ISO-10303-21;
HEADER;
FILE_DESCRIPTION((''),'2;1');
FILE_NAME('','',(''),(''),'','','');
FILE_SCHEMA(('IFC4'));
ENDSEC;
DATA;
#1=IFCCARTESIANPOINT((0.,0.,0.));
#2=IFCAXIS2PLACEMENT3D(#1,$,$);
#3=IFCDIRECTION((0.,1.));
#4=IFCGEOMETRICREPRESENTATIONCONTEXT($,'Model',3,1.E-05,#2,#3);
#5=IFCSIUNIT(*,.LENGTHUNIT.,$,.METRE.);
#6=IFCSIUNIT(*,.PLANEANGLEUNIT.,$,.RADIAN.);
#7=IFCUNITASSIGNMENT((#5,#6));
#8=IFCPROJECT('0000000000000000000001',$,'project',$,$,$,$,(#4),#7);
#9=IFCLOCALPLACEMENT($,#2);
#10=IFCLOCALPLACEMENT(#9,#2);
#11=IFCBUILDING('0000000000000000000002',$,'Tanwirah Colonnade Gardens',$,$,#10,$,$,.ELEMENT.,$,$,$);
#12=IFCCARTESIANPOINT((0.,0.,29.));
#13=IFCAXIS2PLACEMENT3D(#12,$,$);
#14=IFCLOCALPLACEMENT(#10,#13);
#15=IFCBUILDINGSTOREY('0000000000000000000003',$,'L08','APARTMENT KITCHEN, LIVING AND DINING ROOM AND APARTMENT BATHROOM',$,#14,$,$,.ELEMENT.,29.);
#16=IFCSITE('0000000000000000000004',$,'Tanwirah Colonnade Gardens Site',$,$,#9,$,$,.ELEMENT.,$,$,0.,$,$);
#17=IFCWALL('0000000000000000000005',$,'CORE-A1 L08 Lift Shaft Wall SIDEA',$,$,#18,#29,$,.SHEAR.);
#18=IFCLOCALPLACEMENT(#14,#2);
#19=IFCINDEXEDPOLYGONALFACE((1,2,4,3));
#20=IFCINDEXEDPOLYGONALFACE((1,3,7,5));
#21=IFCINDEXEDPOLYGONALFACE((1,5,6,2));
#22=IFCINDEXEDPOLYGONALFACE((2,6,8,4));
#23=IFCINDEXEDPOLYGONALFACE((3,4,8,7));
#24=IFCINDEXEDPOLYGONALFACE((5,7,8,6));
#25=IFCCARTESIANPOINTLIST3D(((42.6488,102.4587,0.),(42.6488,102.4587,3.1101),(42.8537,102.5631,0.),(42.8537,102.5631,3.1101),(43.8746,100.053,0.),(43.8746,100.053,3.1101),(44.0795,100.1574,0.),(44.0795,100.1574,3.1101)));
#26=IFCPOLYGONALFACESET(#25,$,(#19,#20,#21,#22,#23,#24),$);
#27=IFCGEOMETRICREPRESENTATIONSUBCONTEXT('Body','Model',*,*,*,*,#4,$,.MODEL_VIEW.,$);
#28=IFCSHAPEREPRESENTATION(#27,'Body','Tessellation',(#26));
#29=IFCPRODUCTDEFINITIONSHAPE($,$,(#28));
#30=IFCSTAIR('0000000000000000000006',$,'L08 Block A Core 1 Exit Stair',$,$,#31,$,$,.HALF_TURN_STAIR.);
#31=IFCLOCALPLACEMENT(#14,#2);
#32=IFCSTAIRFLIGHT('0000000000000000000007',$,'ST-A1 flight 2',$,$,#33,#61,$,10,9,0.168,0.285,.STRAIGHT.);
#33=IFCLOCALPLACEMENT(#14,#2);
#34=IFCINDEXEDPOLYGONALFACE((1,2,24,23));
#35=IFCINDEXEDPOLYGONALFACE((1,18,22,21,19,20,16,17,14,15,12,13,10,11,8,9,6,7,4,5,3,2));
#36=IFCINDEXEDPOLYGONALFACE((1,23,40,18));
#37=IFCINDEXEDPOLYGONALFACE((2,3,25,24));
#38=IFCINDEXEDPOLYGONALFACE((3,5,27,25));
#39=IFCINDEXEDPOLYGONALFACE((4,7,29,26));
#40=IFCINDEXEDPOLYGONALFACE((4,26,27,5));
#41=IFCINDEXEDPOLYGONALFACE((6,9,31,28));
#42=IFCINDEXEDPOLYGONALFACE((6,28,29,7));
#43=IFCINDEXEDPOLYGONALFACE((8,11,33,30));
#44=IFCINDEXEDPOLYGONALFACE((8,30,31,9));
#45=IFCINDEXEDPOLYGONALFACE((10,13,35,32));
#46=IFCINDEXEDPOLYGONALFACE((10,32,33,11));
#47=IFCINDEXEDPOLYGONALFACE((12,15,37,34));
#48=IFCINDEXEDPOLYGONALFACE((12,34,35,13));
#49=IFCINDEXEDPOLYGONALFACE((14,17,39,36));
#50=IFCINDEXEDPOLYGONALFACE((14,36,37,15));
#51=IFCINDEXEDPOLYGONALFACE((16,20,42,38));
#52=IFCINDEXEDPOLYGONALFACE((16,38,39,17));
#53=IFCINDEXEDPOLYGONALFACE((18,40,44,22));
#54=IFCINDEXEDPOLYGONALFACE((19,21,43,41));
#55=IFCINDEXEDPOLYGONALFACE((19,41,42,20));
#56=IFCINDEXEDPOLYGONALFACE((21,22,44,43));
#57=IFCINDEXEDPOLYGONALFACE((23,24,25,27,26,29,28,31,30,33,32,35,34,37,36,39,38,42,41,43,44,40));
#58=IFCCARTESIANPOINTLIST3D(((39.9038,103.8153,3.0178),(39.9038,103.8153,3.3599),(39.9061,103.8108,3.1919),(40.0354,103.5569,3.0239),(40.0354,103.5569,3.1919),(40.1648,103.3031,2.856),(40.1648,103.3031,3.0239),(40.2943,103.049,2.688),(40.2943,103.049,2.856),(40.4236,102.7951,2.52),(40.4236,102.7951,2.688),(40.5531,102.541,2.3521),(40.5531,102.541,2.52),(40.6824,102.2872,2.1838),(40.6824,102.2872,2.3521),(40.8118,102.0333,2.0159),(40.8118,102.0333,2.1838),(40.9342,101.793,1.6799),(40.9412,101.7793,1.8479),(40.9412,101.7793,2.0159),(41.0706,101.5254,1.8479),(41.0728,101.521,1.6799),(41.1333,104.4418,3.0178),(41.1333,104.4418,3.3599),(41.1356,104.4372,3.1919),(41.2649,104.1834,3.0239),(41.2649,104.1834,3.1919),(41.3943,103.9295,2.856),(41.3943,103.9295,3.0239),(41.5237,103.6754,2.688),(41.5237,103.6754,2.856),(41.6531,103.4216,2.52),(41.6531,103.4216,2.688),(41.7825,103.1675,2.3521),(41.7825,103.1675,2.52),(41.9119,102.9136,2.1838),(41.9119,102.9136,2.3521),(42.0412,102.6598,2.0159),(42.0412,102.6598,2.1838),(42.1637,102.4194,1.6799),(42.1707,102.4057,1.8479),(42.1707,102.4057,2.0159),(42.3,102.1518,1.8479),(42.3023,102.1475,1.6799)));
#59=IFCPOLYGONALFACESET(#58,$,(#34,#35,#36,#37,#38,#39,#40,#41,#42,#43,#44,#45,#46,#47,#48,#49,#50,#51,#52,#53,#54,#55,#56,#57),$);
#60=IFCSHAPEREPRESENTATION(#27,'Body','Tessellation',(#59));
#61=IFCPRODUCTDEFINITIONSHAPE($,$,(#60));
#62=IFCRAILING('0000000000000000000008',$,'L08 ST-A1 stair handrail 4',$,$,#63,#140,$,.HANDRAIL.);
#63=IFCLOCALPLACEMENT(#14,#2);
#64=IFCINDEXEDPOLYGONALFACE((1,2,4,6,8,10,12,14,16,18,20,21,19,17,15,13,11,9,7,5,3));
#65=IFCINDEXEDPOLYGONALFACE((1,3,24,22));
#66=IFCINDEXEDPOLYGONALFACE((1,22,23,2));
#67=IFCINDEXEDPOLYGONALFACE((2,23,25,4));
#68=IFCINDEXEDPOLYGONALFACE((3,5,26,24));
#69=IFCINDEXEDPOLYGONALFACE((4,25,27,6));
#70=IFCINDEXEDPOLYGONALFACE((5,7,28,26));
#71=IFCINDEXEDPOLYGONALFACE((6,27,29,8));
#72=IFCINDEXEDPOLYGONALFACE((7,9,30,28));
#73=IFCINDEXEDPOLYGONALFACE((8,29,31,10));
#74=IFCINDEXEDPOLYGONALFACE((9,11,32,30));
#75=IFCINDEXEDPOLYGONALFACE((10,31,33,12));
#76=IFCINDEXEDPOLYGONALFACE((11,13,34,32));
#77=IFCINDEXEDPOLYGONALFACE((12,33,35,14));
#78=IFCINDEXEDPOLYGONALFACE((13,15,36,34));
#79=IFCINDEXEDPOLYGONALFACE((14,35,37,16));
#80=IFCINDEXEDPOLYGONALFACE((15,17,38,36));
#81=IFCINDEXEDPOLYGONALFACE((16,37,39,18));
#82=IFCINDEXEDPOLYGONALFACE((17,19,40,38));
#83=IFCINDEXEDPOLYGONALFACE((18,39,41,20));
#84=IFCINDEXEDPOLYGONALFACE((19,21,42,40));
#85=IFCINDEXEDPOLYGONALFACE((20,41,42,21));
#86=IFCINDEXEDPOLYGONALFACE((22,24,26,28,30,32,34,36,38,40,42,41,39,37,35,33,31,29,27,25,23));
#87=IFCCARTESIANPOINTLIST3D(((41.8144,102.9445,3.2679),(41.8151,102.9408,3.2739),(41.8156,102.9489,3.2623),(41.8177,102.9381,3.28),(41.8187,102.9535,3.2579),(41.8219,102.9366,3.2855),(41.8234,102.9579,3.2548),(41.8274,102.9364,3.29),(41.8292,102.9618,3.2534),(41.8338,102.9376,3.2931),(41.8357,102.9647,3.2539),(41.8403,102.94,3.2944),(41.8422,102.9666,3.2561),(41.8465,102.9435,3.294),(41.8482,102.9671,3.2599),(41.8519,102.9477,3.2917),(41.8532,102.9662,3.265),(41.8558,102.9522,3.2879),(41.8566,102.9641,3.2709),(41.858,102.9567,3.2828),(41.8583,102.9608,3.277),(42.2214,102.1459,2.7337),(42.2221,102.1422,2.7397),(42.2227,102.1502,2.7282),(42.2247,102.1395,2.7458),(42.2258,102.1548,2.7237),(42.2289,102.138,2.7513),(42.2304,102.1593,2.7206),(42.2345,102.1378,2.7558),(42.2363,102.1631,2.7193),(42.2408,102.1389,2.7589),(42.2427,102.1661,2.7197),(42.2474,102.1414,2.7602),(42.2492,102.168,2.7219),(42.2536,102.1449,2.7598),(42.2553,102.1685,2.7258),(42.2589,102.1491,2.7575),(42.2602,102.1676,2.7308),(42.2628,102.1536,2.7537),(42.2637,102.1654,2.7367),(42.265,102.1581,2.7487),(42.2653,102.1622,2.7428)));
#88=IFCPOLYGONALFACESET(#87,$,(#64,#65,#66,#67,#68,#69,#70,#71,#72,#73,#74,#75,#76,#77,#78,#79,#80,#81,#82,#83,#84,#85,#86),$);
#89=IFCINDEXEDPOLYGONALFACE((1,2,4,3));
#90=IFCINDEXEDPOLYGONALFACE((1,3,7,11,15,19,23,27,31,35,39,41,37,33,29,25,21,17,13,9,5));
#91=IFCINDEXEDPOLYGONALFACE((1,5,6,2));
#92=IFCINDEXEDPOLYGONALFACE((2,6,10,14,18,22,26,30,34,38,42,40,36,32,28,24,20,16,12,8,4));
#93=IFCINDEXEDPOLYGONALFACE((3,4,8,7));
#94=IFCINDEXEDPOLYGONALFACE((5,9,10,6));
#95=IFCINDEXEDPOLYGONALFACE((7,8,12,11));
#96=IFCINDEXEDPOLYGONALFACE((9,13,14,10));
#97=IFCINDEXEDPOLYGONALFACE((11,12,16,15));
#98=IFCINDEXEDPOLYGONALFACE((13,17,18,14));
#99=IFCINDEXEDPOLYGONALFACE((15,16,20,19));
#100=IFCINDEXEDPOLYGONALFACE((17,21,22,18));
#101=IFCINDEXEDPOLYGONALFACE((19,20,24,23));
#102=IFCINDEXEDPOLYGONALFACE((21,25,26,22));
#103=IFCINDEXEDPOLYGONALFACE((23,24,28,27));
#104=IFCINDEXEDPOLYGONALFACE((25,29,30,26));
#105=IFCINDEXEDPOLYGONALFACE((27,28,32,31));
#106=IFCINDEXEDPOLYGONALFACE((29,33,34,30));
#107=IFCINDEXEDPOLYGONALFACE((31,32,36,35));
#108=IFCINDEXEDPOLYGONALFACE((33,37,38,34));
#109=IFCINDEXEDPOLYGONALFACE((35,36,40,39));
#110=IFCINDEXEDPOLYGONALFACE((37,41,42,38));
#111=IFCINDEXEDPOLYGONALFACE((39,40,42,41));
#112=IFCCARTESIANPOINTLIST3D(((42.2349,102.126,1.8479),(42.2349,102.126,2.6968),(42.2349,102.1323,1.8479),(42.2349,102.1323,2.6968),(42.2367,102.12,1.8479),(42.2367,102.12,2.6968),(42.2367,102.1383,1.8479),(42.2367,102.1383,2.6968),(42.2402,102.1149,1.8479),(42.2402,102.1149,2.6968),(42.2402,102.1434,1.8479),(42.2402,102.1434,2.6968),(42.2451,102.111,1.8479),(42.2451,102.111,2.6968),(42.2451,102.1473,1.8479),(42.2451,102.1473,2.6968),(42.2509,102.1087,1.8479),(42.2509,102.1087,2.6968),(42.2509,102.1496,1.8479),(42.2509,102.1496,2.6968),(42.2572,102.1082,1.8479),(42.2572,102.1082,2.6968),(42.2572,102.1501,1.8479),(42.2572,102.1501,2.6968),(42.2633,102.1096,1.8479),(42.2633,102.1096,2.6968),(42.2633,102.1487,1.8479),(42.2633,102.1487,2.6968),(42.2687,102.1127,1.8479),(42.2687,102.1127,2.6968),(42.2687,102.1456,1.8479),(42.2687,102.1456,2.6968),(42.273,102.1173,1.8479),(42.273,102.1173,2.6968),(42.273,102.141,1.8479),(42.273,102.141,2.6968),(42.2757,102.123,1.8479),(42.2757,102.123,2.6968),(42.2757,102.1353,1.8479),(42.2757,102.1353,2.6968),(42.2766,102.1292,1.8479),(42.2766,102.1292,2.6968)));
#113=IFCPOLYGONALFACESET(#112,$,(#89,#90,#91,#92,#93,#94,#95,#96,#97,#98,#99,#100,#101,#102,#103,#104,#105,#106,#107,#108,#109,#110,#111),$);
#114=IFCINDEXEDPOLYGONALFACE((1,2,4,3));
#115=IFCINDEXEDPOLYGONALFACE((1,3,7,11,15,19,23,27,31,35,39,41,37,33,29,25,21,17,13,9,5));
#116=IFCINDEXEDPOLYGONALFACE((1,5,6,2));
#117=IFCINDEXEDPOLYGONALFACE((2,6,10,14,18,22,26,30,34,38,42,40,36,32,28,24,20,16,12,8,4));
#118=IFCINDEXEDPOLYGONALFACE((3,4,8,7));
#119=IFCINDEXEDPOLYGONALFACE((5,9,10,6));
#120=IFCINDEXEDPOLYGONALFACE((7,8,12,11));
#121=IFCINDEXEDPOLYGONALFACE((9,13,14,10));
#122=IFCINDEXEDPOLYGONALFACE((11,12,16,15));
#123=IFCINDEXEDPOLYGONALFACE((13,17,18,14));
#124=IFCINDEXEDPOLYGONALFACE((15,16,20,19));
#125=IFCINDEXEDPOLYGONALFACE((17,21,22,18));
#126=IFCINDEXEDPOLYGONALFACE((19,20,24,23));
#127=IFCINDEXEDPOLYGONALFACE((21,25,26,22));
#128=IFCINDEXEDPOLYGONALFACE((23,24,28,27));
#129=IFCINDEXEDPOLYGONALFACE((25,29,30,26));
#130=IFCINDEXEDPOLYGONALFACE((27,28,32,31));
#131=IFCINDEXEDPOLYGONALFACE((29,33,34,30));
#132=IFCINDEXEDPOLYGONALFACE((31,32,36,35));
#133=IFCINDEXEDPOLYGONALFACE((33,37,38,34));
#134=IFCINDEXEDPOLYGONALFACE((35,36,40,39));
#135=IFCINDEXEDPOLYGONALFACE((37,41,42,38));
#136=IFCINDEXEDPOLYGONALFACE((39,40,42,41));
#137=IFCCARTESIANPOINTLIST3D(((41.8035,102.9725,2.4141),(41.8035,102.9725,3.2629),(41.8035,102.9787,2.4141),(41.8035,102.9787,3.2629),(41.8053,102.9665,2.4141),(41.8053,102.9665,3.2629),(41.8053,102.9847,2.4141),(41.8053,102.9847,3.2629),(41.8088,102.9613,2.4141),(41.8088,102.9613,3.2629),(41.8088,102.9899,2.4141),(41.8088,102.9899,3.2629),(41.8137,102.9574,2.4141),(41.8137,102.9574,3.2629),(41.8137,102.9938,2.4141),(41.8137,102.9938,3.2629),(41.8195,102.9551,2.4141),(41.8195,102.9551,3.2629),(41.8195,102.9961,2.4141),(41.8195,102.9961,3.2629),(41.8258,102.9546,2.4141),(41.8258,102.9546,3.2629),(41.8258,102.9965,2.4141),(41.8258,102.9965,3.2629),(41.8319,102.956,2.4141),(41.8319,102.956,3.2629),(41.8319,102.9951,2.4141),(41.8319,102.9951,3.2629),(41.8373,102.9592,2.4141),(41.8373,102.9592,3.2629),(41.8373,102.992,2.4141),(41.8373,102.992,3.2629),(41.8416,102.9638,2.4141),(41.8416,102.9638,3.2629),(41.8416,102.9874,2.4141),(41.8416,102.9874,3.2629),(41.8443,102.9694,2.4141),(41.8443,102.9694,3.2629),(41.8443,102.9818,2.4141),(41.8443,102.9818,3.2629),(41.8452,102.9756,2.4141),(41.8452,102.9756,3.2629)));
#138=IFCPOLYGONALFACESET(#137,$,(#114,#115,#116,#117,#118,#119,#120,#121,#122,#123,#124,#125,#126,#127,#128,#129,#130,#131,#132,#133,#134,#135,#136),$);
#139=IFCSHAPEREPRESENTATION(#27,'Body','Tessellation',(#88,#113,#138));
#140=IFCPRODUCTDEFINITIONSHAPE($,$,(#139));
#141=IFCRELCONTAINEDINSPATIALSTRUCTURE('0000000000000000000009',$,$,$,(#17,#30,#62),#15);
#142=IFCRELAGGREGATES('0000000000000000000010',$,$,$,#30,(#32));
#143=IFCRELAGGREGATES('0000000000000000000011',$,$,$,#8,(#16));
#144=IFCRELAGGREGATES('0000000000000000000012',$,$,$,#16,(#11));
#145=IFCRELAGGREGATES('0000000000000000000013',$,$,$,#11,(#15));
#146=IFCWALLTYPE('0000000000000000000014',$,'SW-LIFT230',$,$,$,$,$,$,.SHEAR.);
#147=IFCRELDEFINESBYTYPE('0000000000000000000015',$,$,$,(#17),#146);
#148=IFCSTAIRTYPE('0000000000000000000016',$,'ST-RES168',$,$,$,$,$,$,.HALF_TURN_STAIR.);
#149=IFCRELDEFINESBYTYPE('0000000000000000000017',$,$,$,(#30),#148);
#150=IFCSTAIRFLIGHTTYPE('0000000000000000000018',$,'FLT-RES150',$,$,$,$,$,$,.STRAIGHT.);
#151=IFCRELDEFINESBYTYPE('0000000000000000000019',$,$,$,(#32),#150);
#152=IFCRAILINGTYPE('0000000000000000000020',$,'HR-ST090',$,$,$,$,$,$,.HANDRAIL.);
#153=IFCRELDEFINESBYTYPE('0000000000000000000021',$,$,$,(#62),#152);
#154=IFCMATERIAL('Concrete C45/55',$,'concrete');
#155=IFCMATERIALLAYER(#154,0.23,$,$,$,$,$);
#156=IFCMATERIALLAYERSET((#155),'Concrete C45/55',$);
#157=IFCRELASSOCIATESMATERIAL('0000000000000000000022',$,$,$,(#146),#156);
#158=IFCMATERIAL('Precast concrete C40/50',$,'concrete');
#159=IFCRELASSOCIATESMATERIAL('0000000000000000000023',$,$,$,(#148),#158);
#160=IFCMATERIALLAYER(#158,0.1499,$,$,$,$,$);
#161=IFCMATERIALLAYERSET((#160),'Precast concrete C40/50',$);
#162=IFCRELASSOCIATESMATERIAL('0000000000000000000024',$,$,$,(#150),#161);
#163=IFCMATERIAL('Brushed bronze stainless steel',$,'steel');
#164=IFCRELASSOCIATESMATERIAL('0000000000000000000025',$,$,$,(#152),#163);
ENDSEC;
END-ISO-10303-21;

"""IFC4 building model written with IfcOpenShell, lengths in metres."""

from ifc_helpers import new_model, si_unit, direction, frame, frame_2d, origin, origin_2d, place, context, subcontext, project, spatial, polyline, rectangle, circle, outline, extrude, material, layer, layer_set, type_object, element, aggregate, save


model = new_model("IFC4")

# Units and contexts
model_context = context("Model", 3, precision=1e-05, world=origin(), true_north=direction((0.0, 1.0)))
body_context = subcontext(model_context, "Body", "Model", "MODEL_VIEW")
ifc_project = project(units=[si_unit("LENGTHUNIT", "METRE"), si_unit("PLANEANGLEUNIT", "RADIAN")], contexts=[model_context])

# Site, building, storey
site_placement = place(None, origin())
site = spatial("IfcSite", under=ifc_project, at=site_placement, Name="Tanwirah Colonnade Gardens Site", CompositionType="ELEMENT", RefElevation=0.0)
building_placement = place(site_placement, origin())
building = spatial("IfcBuilding", under=site, at=building_placement, Name="Tanwirah Colonnade Gardens", CompositionType="ELEMENT")
storey_placement = place(building_placement, frame((0.0, 0.0, 29.0)))
storey = spatial("IfcBuildingStorey", under=building, at=storey_placement, Name="L08", Description="APARTMENT KITCHEN, LIVING AND DINING ROOM AND APARTMENT BATHROOM", CompositionType="ELEMENT", Elevation=29.0)

# Shared definitions
ifc_material_1 = material(Name="Precast concrete C40/50", Category="concrete")

# Shared definitions
ifc_material_2 = material(Name="Concrete C45/55", Category="concrete")
ifc_layer_1 = layer(ifc_material_2, 0.23)
ifc_layer_set_1 = layer_set([ifc_layer_1], Name="Concrete C45/55")
wall_type_1 = type_object("IfcWallType", Name="SW-LIFT230", PredefinedType="SHEAR", material=ifc_layer_set_1)

# Wall
wall_1_placement = place(storey_placement, frame((42.7512, 102.511, 0.0), z_axis=(0.0, 0.0, 1.0), x_axis=(0.454, -0.891002, 0.0)))
element("IfcWall", 1, at=wall_1_placement, inside=storey, type_object=wall_type_1, Name="CORE-A1 L08 Lift Shaft Wall SIDEA", PredefinedType="SHEAR", context=body_context, shape_type="SweptSolid", body=[
    extrude(rectangle(XDim=2.7, YDim=0.23, at=frame_2d((1.3501, 0.0))), origin(), (0.0, 0.0, 1.0), 3.1101),
])

# Stair, stair flight
stair_type = type_object("IfcStairType", Name="ST-RES168", PredefinedType="HALF_TURN_STAIR", material=ifc_material_1)
stair_placement = place(storey_placement, origin())
stair = element("IfcStair", 2, at=stair_placement, inside=storey, type_object=stair_type, Name="L08 Block A Core 1 Exit Stair", PredefinedType="HALF_TURN_STAIR")
ifc_layer_2 = layer(ifc_material_1, 0.1499)
ifc_layer_set_2 = layer_set([ifc_layer_2], Name="Precast concrete C40/50")
stair_flight_type = type_object("IfcStairFlightType", Name="FLT-RES150", PredefinedType="STRAIGHT", material=ifc_layer_set_2)
stair_flight_placement = place(storey_placement, frame((41.6853, 101.8386, 1.6799), z_axis=(0.0, 0.0, 1.0), x_axis=(-0.45399, 0.891007, 0.0)))
stair_flight = element("IfcStairFlight", 3, at=stair_flight_placement, type_object=stair_flight_type, Name="ST-A1 flight 2", NumberOfRisers=10, NumberOfTreads=9, PredefinedType="STRAIGHT", RiserHeight=0.168, TreadLength=0.285, context=body_context, shape_type="SweptSolid", body=[
    extrude(outline(polyline([(-0.0049, 0.0), (0.0, 0.168), (0.2849, 0.168), (0.2849, 0.3359), (0.5701, 0.3359), (0.5701, 0.5039), (0.855, 0.5039), (0.855, 0.6721), (1.1399, 0.6721), (1.1399, 0.8401), (1.425, 0.8401), (1.425, 1.0081), (1.71, 1.0081), (1.71, 1.176), (1.9951, 1.176), (1.9951, 1.344), (2.28, 1.344), (2.28, 1.512), (2.5649, 1.512), (2.5701, 1.6799), (2.5701, 1.3379), (0.3003, 0.0), (-0.0049, 0.0)])), frame((0.0, 0.6899, 0.0), z_axis=(0.0, -1.0, 0.0), x_axis=(1.0, 0.0, 0.0)), (0.0, 0.0, 1.0), 1.3799),
])
aggregate(stair, [stair_flight])

# Railing
ifc_material_3 = material(Name="Brushed bronze stainless steel", Category="steel")
railing_type_1 = type_object("IfcRailingType", Name="HR-ST090", PredefinedType="HANDRAIL", material=ifc_material_3)
railing_1_placement = place(storey_placement, frame((42.2556, 102.1292, 1.8479)))
element("IfcRailing", 4, at=railing_1_placement, inside=storey, type_object=railing_type_1, Name="L08 ST-A1 stair handrail 4", PredefinedType="HANDRAIL", context=body_context, shape_type="SweptSolid", body=[
    extrude(circle(Radius=0.0239, at=origin_2d()), frame((-0.0122, 0.0239, 0.8918), z_axis=(-0.390073, 0.765356, 0.51193), x_axis=(-0.890957, -0.454087, 0.0)), (0.0, 0.0, 1.0), 1.0435),
    extrude(circle(Radius=0.021, at=origin_2d()), origin(), (0.0, 0.0, 1.0), 0.8489),
    extrude(circle(Radius=0.021, at=origin_2d()), frame((-0.4314, 0.8464, 0.5662)), (0.0, 0.0, 1.0), 0.8489),
])

save(model, "model.ifc")
